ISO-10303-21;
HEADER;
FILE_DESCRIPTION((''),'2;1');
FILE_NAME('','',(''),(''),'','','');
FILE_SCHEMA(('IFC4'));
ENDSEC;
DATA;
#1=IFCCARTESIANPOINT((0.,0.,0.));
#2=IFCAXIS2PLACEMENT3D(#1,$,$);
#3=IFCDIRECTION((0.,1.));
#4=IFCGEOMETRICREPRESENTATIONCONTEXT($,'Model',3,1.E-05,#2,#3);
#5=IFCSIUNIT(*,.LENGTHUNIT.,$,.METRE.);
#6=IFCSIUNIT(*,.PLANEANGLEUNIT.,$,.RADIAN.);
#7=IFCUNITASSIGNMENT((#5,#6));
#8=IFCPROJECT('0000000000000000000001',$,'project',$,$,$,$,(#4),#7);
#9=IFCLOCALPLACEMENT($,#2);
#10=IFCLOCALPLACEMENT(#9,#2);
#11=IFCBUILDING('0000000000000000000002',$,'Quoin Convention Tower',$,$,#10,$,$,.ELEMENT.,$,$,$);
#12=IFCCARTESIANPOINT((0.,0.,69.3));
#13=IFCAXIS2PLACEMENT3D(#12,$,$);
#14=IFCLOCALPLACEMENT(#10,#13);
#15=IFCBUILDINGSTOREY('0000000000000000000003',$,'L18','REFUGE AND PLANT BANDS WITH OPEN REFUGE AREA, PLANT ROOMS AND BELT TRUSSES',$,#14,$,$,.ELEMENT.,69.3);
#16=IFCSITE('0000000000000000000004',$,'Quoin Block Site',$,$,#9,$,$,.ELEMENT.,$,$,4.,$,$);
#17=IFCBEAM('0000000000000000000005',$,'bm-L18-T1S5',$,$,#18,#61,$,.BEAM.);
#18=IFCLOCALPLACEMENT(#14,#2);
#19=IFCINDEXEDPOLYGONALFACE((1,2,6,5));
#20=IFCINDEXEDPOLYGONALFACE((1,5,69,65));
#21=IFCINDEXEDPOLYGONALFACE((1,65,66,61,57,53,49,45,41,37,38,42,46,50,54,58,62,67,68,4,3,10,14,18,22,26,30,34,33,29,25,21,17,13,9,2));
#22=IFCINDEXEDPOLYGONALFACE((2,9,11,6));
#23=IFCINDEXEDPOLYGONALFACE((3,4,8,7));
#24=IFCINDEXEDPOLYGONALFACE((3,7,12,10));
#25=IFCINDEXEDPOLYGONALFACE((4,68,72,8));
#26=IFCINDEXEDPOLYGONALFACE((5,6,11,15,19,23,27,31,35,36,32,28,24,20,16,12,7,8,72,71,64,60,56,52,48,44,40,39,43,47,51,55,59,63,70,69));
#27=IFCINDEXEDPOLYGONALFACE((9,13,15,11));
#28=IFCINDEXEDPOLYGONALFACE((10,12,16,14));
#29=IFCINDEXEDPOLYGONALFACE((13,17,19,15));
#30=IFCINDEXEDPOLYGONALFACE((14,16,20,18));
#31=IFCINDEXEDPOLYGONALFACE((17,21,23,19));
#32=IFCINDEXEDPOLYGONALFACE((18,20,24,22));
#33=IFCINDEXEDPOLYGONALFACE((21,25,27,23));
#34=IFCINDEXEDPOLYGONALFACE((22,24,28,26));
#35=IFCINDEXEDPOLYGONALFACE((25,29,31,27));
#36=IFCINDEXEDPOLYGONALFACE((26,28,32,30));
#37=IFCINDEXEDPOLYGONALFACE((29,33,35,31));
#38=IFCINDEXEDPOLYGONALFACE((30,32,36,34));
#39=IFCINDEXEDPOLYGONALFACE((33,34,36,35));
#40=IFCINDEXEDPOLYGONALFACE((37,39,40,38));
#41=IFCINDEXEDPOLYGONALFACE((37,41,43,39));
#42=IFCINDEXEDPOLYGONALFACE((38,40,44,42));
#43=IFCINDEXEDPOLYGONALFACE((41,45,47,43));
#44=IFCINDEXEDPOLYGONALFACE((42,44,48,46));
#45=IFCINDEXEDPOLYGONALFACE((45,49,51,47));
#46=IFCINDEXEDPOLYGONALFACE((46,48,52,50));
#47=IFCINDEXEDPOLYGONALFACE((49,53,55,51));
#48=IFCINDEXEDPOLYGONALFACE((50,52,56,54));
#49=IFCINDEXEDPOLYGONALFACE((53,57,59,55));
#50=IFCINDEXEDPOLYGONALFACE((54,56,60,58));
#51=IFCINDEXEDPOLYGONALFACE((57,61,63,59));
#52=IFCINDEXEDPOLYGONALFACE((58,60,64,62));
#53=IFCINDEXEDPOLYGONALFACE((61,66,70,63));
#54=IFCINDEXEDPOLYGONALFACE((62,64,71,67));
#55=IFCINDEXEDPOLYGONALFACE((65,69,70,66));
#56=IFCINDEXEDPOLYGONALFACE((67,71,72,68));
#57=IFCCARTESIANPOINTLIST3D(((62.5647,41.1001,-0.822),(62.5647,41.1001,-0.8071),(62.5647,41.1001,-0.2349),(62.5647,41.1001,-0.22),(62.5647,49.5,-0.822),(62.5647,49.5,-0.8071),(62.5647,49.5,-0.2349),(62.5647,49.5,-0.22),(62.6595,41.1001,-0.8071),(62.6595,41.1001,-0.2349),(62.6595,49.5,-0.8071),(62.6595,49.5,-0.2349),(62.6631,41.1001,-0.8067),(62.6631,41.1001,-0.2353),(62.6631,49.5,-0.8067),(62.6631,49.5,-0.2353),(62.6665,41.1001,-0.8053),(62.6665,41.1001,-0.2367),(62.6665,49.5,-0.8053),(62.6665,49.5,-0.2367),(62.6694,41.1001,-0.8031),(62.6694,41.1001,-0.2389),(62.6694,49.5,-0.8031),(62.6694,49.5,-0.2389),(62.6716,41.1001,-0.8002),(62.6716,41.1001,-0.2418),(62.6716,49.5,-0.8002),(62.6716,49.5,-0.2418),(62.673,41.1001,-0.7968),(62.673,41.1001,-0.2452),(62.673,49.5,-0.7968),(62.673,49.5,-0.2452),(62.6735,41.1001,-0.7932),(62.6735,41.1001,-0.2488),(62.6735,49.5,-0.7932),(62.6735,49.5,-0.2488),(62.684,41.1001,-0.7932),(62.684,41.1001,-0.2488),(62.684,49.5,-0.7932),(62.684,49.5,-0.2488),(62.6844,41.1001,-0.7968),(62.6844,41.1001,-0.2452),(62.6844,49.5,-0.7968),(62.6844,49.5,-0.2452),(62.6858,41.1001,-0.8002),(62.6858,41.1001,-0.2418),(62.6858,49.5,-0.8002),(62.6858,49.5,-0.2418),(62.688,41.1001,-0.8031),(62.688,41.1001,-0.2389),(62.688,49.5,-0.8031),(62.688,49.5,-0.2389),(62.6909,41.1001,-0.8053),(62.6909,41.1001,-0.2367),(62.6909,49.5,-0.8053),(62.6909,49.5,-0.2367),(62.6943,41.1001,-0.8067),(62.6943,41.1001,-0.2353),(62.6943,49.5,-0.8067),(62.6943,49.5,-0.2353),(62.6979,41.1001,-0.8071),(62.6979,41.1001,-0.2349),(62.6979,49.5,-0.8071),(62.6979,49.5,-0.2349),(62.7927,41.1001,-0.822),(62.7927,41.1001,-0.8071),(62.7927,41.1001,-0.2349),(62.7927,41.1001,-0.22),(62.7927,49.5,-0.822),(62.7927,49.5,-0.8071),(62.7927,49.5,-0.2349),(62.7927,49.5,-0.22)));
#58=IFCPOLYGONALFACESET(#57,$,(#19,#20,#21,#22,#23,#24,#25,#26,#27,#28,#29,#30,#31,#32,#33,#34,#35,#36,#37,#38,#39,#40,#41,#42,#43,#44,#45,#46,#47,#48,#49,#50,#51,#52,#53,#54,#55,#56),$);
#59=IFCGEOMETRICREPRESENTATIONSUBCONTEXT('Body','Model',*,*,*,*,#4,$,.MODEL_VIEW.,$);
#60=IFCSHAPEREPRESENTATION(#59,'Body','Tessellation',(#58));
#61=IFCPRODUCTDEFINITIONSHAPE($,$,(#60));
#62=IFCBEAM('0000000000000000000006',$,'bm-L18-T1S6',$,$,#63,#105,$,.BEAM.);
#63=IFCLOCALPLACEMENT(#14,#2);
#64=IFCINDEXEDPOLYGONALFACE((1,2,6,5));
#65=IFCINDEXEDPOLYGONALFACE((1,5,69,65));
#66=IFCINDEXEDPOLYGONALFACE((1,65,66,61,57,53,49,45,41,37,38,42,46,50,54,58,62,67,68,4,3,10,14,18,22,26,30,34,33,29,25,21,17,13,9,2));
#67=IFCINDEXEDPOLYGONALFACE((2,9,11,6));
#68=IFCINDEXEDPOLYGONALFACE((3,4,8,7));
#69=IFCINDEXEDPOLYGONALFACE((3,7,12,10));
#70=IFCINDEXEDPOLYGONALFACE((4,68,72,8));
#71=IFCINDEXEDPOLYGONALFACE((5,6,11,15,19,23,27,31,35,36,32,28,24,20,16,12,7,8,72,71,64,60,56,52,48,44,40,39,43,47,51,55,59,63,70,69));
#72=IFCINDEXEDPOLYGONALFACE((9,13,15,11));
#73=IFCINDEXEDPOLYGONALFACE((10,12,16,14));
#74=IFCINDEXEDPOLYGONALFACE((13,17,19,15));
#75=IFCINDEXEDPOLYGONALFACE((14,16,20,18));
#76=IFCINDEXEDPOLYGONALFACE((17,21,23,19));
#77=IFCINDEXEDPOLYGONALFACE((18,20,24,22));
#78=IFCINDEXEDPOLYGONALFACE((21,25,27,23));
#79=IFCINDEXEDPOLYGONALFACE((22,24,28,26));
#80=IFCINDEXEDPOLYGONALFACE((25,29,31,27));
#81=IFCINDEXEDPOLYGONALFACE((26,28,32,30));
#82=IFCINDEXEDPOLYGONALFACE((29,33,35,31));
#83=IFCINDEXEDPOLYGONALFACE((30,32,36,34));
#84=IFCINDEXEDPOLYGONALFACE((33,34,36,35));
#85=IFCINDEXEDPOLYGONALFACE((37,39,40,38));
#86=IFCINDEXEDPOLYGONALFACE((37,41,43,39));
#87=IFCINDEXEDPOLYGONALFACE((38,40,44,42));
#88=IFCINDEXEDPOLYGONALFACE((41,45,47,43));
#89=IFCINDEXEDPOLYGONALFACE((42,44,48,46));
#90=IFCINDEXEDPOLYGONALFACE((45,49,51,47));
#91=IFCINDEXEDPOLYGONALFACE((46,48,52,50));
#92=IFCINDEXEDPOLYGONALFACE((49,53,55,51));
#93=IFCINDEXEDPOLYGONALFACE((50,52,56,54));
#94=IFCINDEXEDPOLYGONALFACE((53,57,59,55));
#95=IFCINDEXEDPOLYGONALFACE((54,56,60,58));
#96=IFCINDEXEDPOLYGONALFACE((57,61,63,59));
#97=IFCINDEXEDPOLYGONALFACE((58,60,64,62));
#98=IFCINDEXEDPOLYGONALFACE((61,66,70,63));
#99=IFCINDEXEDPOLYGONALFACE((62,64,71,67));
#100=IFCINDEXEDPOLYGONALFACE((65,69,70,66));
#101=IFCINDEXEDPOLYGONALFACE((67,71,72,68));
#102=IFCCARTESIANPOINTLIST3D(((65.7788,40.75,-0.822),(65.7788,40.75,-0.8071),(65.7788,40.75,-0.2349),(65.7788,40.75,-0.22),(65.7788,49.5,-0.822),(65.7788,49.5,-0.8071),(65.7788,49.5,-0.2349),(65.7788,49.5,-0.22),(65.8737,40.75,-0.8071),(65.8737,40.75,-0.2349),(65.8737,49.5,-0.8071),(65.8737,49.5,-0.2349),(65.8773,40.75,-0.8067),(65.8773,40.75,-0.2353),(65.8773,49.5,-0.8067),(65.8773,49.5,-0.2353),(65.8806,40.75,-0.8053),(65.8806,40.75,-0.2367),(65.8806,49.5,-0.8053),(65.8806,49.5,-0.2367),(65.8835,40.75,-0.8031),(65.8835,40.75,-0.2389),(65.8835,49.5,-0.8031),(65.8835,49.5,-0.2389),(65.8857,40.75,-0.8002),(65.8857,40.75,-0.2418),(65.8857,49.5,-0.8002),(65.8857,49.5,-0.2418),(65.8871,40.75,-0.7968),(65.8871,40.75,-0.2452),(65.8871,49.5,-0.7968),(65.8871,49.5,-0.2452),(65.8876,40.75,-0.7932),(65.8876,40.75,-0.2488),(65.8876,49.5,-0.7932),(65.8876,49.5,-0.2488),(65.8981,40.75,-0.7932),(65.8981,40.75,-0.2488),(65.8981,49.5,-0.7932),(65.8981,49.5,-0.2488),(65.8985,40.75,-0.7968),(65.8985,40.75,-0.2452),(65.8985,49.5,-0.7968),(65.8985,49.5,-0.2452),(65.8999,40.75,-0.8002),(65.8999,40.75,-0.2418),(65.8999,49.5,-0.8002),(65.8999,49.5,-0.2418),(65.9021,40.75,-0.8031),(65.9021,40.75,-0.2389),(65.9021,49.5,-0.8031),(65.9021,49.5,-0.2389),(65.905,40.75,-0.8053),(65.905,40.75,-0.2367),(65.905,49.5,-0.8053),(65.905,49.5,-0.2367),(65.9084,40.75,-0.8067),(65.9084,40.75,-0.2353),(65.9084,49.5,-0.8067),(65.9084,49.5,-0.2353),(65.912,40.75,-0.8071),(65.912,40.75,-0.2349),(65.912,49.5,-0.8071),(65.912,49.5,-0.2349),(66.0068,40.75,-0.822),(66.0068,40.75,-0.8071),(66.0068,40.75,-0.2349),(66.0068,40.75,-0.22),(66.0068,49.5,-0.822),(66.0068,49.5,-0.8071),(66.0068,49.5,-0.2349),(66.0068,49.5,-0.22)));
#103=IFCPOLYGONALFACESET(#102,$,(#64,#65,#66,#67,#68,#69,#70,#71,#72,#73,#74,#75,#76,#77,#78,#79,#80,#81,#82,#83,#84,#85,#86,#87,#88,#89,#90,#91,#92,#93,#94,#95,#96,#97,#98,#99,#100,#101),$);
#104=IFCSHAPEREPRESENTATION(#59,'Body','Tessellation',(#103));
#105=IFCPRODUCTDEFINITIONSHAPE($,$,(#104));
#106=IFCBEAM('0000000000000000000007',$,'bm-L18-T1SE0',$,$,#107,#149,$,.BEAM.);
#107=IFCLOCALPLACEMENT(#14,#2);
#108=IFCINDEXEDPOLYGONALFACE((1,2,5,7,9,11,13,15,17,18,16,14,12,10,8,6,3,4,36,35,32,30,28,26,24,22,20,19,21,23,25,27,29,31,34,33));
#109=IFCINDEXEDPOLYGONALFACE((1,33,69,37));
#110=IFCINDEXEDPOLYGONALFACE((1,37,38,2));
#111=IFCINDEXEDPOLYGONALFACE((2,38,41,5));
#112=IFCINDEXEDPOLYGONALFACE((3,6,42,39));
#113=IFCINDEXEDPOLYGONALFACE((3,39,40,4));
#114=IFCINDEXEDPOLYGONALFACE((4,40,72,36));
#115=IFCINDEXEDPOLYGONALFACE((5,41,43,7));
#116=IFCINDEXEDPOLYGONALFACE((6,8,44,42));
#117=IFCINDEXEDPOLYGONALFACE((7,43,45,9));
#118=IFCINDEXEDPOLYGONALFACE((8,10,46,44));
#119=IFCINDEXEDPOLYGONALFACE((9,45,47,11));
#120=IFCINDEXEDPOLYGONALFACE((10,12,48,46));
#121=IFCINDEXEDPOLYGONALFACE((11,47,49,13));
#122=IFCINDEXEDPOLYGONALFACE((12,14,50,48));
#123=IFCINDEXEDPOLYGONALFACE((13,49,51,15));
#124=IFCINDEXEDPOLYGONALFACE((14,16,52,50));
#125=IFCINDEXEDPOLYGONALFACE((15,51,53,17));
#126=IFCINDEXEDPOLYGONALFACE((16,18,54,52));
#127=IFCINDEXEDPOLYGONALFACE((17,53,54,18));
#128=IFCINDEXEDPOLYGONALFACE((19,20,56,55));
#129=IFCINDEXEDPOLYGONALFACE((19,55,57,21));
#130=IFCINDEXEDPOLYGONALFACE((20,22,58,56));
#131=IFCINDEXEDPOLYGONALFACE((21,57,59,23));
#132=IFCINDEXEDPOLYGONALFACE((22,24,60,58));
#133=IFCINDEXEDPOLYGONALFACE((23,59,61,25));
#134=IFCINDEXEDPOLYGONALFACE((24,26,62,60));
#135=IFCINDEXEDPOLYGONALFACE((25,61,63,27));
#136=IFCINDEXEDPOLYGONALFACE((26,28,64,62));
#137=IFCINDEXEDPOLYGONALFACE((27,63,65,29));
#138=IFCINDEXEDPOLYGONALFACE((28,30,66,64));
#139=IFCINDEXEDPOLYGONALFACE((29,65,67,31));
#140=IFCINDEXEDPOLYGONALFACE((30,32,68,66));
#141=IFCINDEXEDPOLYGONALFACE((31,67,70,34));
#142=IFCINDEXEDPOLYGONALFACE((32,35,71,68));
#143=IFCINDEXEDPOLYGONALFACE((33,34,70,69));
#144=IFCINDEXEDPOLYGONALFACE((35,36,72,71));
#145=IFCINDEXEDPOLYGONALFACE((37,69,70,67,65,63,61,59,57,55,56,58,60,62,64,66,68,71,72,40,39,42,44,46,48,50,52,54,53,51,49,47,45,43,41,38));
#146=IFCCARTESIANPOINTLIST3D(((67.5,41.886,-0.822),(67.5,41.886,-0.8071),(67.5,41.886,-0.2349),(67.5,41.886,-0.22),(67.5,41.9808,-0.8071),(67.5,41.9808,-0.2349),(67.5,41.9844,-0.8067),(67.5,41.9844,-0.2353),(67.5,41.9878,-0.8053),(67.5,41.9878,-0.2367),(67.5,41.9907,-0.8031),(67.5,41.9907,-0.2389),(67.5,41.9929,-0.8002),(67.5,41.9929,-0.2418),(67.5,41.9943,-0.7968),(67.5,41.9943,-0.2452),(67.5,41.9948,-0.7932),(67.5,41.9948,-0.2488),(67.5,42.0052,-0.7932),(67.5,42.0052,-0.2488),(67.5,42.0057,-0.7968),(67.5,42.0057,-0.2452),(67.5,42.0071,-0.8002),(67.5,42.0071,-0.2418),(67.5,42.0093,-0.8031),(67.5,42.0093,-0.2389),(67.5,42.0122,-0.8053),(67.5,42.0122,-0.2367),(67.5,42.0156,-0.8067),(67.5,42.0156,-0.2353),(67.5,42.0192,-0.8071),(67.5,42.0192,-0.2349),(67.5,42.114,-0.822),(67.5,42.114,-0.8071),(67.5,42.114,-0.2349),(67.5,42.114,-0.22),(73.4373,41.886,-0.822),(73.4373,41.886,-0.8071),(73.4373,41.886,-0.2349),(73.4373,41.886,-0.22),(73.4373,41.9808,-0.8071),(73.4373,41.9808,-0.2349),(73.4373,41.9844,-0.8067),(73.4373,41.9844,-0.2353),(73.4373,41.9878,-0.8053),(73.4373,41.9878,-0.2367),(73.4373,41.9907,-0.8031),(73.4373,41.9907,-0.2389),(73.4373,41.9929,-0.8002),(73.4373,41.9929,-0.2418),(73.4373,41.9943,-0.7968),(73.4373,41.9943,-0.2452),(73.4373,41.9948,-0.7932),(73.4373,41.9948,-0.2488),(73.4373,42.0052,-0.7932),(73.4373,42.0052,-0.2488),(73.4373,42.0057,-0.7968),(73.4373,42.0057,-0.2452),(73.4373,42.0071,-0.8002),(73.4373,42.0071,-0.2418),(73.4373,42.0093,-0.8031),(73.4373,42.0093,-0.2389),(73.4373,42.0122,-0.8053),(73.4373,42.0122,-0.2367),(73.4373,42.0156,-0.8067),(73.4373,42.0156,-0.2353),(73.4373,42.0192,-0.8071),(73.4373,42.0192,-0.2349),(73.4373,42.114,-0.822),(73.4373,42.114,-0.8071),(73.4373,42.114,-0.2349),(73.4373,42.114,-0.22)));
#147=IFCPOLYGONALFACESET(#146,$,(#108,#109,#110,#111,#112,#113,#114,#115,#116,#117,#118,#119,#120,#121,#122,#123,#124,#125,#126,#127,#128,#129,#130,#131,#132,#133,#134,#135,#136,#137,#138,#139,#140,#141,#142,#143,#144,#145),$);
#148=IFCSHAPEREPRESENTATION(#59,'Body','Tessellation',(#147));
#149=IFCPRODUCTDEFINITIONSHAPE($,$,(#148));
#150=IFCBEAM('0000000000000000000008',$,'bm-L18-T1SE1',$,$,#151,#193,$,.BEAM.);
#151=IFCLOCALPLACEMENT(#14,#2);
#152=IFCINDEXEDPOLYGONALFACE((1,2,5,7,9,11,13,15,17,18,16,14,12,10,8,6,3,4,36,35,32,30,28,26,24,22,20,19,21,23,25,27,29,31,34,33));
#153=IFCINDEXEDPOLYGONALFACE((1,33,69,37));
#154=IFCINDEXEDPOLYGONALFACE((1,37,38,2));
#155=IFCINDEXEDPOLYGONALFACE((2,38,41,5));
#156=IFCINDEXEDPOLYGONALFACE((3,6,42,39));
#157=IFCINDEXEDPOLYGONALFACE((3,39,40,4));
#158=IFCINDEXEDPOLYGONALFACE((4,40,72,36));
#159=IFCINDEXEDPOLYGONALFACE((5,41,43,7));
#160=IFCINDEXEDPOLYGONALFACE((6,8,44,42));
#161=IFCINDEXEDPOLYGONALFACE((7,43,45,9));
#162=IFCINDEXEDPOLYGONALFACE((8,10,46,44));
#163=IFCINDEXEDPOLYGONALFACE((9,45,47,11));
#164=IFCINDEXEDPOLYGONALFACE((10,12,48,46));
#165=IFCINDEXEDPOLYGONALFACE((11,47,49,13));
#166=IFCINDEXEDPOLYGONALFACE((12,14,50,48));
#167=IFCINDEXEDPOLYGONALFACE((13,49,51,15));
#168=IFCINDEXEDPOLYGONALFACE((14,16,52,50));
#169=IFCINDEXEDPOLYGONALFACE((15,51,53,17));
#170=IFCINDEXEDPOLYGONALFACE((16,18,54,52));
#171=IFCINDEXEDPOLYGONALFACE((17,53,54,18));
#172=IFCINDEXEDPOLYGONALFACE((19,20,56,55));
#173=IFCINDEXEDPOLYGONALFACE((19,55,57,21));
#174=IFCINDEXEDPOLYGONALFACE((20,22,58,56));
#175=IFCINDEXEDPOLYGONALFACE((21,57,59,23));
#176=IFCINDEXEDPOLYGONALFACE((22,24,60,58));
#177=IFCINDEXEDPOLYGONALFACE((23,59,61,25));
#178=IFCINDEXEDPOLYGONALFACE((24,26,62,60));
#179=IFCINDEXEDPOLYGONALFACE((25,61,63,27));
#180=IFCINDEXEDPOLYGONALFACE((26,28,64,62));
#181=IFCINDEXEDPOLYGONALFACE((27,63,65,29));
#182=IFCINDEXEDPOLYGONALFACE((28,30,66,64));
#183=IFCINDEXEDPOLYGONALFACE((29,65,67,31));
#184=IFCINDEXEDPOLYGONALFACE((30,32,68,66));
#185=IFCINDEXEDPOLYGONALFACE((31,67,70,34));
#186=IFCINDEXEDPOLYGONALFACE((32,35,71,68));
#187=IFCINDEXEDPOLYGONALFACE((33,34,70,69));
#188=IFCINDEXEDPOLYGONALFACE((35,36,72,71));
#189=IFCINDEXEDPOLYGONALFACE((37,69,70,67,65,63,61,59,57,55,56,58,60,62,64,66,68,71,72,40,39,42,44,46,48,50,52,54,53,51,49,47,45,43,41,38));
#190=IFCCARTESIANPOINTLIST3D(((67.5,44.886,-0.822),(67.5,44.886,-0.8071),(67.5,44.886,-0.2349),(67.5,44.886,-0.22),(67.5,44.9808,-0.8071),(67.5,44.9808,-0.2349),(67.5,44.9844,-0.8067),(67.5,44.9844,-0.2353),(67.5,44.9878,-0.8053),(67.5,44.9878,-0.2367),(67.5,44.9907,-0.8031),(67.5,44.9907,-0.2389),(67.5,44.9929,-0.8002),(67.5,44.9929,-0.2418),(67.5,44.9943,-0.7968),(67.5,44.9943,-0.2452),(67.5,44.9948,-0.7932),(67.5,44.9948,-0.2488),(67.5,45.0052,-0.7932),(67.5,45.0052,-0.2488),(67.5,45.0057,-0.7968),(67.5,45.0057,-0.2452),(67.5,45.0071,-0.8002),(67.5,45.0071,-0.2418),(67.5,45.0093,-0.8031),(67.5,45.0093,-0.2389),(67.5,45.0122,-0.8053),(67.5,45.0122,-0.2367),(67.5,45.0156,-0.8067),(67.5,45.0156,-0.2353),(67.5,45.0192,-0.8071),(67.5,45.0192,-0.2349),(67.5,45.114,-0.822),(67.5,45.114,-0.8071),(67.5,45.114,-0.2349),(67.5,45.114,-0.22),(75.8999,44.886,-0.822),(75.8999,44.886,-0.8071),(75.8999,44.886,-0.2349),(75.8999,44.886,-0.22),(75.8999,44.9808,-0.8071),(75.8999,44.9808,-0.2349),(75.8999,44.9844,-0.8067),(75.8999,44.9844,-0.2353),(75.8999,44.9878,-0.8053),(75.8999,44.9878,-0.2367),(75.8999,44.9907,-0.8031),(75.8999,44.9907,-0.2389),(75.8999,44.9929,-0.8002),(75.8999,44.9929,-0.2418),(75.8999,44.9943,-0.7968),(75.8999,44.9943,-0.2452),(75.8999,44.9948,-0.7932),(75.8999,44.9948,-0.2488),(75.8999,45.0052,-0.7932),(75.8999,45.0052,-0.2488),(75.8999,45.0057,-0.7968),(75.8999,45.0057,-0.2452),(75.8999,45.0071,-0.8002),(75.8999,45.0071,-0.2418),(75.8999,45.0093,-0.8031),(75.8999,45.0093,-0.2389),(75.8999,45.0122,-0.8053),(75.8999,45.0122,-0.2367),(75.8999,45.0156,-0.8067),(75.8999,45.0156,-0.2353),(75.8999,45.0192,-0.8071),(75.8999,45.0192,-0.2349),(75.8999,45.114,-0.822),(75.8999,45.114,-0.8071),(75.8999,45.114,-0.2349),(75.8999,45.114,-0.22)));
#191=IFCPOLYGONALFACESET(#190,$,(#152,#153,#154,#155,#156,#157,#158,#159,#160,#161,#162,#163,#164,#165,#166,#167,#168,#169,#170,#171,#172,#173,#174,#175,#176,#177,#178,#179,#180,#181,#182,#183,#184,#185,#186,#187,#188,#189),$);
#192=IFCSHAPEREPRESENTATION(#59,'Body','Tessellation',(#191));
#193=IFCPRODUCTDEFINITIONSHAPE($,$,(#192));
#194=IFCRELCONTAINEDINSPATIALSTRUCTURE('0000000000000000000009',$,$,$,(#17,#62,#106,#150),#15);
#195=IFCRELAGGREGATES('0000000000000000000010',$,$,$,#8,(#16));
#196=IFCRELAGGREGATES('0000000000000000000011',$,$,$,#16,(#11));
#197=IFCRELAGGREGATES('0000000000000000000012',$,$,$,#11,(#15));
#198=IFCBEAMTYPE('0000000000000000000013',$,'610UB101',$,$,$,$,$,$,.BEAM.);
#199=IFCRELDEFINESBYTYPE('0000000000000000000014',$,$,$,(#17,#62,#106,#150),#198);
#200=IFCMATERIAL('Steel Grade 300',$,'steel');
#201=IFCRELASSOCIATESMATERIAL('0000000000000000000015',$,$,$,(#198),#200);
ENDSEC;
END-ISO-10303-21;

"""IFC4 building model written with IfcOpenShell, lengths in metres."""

from ifc_helpers import new_model, si_unit, direction, frame, origin, origin_2d, place, context, subcontext, project, spatial, i_section, extrude, material, material_profile, profile_set, type_object, element, save


model = new_model("IFC4")

# Units and contexts
model_context = context("Model", 3, precision=1e-05, world=origin(), true_north=direction((0.0, 1.0)))
body_context = subcontext(model_context, "Body", "Model", "MODEL_VIEW")
ifc_project = project(units=[si_unit("LENGTHUNIT", "METRE"), si_unit("PLANEANGLEUNIT", "RADIAN")], contexts=[model_context])

# Site, building, storey
site_placement = place(None, origin())
site = spatial("IfcSite", under=ifc_project, at=site_placement, Name="Quoin Block Site", CompositionType="ELEMENT", RefElevation=4.0)
building_placement = place(site_placement, origin())
building = spatial("IfcBuilding", under=site, at=building_placement, Name="Quoin Convention Tower", CompositionType="ELEMENT")
storey_placement = place(building_placement, frame((0.0, 0.0, 69.3)))
storey = spatial("IfcBuildingStorey", under=building, at=storey_placement, Name="L18", Description="REFUGE AND PLANT BANDS WITH OPEN REFUGE AREA, PLANT ROOMS AND BELT TRUSSES", CompositionType="ELEMENT", Elevation=69.3)

# Shared definitions
ifc_material_1 = material(Name="Steel Grade 300", Category="steel")

# Beams
ifc_material_profile_1 = material_profile(ifc_material_1, i_section(OverallWidth=0.228, OverallDepth=0.6021, WebThickness=0.0105, FlangeThickness=0.0149, FilletRadius=0.0139, at=origin_2d()), Name="610UB101")
ifc_profile_set_1 = profile_set([ifc_material_profile_1], Name="Steel Grade 300")
beam_type_1 = type_object("IfcBeamType", Name="610UB101", PredefinedType="BEAM", material=ifc_profile_set_1)
beam_1_placement = place(storey_placement, frame((62.6787, 41.1001, -0.521), z_axis=(0.0, 1.0, 0.0), x_axis=(-1.0, 0.0, 0.0)))
element("IfcBeam", 1, at=beam_1_placement, inside=storey, type_object=beam_type_1, Name="bm-L18-T1S5", PredefinedType="BEAM", context=body_context, shape_type="SweptSolid", body=[
    extrude(i_section(OverallWidth=0.228, OverallDepth=0.6021, WebThickness=0.0105, FlangeThickness=0.0149, FilletRadius=0.0139, at=origin_2d()), origin(), (0.0, 0.0, 1.0), 8.3999),
])
beam_2_placement = place(storey_placement, frame((65.8928, 40.75, -0.521), z_axis=(0.0, 1.0, 0.0), x_axis=(-1.0, 0.0, 0.0)))
element("IfcBeam", 2, at=beam_2_placement, inside=storey, type_object=beam_type_1, Name="bm-L18-T1S6", PredefinedType="BEAM", context=body_context, shape_type="SweptSolid", body=[
    extrude(i_section(OverallWidth=0.228, OverallDepth=0.6021, WebThickness=0.0105, FlangeThickness=0.0149, FilletRadius=0.0139, at=origin_2d()), origin(), (0.0, 0.0, 1.0), 8.75),
])
beam_3_placement = place(storey_placement, frame((67.5, 42.0, -0.521), z_axis=(1.0, 0.0, 0.0), x_axis=(0.0, 1.0, 0.0)))
element("IfcBeam", 3, at=beam_3_placement, inside=storey, type_object=beam_type_1, Name="bm-L18-T1SE0", PredefinedType="BEAM", context=body_context, shape_type="SweptSolid", body=[
    extrude(i_section(OverallWidth=0.228, OverallDepth=0.6021, WebThickness=0.0105, FlangeThickness=0.0149, FilletRadius=0.0139, at=origin_2d()), origin(), (0.0, 0.0, 1.0), 5.9373),
])
beam_4_placement = place(storey_placement, frame((67.5, 45.0, -0.521), z_axis=(1.0, 0.0, 0.0), x_axis=(0.0, 1.0, 0.0)))
element("IfcBeam", 4, at=beam_4_placement, inside=storey, type_object=beam_type_1, Name="bm-L18-T1SE1", PredefinedType="BEAM", context=body_context, shape_type="SweptSolid", body=[
    extrude(i_section(OverallWidth=0.228, OverallDepth=0.6021, WebThickness=0.0105, FlangeThickness=0.0149, FilletRadius=0.0139, at=origin_2d()), origin(), (0.0, 0.0, 1.0), 8.3999),
])

save(model, "model.ifc")
